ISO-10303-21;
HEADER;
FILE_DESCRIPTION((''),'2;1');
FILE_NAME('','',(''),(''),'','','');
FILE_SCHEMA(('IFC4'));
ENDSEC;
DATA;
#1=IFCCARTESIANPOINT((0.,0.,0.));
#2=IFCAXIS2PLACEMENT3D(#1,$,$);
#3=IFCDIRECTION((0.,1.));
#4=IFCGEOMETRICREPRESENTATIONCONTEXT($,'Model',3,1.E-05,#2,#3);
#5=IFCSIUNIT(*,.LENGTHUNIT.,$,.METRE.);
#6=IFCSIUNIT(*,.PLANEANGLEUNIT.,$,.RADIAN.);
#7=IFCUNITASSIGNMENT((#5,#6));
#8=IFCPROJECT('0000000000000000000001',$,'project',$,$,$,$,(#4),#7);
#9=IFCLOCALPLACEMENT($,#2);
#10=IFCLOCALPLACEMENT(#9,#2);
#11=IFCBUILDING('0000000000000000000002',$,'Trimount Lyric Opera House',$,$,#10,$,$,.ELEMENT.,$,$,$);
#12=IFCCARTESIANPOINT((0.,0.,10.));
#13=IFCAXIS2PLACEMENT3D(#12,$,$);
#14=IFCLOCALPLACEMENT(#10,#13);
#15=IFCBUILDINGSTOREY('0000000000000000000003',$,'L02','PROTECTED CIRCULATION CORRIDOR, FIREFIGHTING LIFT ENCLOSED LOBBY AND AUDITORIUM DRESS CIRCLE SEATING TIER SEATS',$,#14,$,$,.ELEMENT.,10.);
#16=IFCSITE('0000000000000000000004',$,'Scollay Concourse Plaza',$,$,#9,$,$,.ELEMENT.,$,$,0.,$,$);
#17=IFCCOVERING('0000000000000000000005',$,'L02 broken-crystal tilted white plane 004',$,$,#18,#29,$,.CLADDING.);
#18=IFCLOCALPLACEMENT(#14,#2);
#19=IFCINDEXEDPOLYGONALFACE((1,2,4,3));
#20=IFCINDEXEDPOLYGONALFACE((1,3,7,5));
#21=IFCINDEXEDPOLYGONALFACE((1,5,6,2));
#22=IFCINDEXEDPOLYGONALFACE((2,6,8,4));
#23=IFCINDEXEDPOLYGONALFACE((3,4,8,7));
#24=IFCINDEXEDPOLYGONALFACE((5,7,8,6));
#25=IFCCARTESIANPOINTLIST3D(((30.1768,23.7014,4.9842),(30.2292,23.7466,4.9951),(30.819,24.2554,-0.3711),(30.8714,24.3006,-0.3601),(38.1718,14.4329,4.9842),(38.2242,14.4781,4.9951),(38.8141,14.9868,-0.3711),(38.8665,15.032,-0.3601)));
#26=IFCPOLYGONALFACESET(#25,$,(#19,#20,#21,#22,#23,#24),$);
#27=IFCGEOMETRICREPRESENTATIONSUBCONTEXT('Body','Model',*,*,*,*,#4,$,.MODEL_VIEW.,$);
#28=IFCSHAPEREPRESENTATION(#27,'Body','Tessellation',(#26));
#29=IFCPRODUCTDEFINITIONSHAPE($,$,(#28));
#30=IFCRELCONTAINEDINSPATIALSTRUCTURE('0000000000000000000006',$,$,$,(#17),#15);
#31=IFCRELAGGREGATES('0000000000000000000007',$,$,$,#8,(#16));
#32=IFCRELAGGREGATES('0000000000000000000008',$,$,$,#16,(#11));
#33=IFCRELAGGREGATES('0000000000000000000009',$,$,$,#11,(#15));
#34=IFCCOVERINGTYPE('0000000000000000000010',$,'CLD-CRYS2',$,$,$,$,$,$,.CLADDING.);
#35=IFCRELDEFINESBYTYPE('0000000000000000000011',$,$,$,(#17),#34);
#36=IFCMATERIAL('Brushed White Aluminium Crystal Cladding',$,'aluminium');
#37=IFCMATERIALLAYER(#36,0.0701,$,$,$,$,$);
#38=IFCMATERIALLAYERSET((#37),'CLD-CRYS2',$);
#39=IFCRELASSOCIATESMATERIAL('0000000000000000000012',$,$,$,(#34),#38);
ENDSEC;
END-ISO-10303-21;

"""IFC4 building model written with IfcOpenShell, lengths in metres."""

from ifc_helpers import new_model, si_unit, direction, frame, origin, place, context, subcontext, project, spatial, polyline, outline, extrude, material, layer, layer_set, type_object, element, save


model = new_model("IFC4")

# Units and contexts
model_context = context("Model", 3, precision=1e-05, world=origin(), true_north=direction((0.0, 1.0)))
body_context = subcontext(model_context, "Body", "Model", "MODEL_VIEW")
ifc_project = project(units=[si_unit("LENGTHUNIT", "METRE"), si_unit("PLANEANGLEUNIT", "RADIAN")], contexts=[model_context])

# Site, building, storey
site_placement = place(None, origin())
site = spatial("IfcSite", under=ifc_project, at=site_placement, Name="Scollay Concourse Plaza", CompositionType="ELEMENT", RefElevation=0.0)
building_placement = place(site_placement, origin())
building = spatial("IfcBuilding", under=site, at=building_placement, Name="Trimount Lyric Opera House", CompositionType="ELEMENT")
storey_placement = place(building_placement, frame((0.0, 0.0, 10.0)))
storey = spatial("IfcBuildingStorey", under=building, at=storey_placement, Name="L02", Description="PROTECTED CIRCULATION CORRIDOR, FIREFIGHTING LIFT ENCLOSED LOBBY AND AUDITORIUM DRESS CIRCLE SEATING TIER SEATS", CompositionType="ELEMENT", Elevation=10.0)

# Covering
ifc_material_1 = material(Name="Brushed White Aluminium Crystal Cladding", Category="aluminium")
ifc_layer_1 = layer(ifc_material_1, 0.0701)
ifc_layer_set_1 = layer_set([ifc_layer_1], Name="CLD-CRYS2")
covering_type_1 = type_object("IfcCoveringType", Name="CLD-CRYS2", PredefinedType="CLADDING", material=ifc_layer_set_1)
covering_1_placement = place(storey_placement, frame((38.8665, 15.032, -0.3601), z_axis=(0.747892, 0.645127, 0.156422), x_axis=(-0.653168, 0.757213, 0.000001)))
element("IfcCovering", 1, at=covering_1_placement, inside=storey, type_object=covering_type_1, Name="L02 broken-crystal tilted white plane 004", PredefinedType="CLADDING", context=body_context, shape_type="SweptSolid", body=[
    extrude(outline(polyline([(0.0, 0.0), (12.2404, 0.0), (12.2404, 5.422), (0.0001, 5.422), (0.0, 0.0)])), origin(), (0.0, 0.0, -1.0), 0.0701),
])

save(model, "model.ifc")
